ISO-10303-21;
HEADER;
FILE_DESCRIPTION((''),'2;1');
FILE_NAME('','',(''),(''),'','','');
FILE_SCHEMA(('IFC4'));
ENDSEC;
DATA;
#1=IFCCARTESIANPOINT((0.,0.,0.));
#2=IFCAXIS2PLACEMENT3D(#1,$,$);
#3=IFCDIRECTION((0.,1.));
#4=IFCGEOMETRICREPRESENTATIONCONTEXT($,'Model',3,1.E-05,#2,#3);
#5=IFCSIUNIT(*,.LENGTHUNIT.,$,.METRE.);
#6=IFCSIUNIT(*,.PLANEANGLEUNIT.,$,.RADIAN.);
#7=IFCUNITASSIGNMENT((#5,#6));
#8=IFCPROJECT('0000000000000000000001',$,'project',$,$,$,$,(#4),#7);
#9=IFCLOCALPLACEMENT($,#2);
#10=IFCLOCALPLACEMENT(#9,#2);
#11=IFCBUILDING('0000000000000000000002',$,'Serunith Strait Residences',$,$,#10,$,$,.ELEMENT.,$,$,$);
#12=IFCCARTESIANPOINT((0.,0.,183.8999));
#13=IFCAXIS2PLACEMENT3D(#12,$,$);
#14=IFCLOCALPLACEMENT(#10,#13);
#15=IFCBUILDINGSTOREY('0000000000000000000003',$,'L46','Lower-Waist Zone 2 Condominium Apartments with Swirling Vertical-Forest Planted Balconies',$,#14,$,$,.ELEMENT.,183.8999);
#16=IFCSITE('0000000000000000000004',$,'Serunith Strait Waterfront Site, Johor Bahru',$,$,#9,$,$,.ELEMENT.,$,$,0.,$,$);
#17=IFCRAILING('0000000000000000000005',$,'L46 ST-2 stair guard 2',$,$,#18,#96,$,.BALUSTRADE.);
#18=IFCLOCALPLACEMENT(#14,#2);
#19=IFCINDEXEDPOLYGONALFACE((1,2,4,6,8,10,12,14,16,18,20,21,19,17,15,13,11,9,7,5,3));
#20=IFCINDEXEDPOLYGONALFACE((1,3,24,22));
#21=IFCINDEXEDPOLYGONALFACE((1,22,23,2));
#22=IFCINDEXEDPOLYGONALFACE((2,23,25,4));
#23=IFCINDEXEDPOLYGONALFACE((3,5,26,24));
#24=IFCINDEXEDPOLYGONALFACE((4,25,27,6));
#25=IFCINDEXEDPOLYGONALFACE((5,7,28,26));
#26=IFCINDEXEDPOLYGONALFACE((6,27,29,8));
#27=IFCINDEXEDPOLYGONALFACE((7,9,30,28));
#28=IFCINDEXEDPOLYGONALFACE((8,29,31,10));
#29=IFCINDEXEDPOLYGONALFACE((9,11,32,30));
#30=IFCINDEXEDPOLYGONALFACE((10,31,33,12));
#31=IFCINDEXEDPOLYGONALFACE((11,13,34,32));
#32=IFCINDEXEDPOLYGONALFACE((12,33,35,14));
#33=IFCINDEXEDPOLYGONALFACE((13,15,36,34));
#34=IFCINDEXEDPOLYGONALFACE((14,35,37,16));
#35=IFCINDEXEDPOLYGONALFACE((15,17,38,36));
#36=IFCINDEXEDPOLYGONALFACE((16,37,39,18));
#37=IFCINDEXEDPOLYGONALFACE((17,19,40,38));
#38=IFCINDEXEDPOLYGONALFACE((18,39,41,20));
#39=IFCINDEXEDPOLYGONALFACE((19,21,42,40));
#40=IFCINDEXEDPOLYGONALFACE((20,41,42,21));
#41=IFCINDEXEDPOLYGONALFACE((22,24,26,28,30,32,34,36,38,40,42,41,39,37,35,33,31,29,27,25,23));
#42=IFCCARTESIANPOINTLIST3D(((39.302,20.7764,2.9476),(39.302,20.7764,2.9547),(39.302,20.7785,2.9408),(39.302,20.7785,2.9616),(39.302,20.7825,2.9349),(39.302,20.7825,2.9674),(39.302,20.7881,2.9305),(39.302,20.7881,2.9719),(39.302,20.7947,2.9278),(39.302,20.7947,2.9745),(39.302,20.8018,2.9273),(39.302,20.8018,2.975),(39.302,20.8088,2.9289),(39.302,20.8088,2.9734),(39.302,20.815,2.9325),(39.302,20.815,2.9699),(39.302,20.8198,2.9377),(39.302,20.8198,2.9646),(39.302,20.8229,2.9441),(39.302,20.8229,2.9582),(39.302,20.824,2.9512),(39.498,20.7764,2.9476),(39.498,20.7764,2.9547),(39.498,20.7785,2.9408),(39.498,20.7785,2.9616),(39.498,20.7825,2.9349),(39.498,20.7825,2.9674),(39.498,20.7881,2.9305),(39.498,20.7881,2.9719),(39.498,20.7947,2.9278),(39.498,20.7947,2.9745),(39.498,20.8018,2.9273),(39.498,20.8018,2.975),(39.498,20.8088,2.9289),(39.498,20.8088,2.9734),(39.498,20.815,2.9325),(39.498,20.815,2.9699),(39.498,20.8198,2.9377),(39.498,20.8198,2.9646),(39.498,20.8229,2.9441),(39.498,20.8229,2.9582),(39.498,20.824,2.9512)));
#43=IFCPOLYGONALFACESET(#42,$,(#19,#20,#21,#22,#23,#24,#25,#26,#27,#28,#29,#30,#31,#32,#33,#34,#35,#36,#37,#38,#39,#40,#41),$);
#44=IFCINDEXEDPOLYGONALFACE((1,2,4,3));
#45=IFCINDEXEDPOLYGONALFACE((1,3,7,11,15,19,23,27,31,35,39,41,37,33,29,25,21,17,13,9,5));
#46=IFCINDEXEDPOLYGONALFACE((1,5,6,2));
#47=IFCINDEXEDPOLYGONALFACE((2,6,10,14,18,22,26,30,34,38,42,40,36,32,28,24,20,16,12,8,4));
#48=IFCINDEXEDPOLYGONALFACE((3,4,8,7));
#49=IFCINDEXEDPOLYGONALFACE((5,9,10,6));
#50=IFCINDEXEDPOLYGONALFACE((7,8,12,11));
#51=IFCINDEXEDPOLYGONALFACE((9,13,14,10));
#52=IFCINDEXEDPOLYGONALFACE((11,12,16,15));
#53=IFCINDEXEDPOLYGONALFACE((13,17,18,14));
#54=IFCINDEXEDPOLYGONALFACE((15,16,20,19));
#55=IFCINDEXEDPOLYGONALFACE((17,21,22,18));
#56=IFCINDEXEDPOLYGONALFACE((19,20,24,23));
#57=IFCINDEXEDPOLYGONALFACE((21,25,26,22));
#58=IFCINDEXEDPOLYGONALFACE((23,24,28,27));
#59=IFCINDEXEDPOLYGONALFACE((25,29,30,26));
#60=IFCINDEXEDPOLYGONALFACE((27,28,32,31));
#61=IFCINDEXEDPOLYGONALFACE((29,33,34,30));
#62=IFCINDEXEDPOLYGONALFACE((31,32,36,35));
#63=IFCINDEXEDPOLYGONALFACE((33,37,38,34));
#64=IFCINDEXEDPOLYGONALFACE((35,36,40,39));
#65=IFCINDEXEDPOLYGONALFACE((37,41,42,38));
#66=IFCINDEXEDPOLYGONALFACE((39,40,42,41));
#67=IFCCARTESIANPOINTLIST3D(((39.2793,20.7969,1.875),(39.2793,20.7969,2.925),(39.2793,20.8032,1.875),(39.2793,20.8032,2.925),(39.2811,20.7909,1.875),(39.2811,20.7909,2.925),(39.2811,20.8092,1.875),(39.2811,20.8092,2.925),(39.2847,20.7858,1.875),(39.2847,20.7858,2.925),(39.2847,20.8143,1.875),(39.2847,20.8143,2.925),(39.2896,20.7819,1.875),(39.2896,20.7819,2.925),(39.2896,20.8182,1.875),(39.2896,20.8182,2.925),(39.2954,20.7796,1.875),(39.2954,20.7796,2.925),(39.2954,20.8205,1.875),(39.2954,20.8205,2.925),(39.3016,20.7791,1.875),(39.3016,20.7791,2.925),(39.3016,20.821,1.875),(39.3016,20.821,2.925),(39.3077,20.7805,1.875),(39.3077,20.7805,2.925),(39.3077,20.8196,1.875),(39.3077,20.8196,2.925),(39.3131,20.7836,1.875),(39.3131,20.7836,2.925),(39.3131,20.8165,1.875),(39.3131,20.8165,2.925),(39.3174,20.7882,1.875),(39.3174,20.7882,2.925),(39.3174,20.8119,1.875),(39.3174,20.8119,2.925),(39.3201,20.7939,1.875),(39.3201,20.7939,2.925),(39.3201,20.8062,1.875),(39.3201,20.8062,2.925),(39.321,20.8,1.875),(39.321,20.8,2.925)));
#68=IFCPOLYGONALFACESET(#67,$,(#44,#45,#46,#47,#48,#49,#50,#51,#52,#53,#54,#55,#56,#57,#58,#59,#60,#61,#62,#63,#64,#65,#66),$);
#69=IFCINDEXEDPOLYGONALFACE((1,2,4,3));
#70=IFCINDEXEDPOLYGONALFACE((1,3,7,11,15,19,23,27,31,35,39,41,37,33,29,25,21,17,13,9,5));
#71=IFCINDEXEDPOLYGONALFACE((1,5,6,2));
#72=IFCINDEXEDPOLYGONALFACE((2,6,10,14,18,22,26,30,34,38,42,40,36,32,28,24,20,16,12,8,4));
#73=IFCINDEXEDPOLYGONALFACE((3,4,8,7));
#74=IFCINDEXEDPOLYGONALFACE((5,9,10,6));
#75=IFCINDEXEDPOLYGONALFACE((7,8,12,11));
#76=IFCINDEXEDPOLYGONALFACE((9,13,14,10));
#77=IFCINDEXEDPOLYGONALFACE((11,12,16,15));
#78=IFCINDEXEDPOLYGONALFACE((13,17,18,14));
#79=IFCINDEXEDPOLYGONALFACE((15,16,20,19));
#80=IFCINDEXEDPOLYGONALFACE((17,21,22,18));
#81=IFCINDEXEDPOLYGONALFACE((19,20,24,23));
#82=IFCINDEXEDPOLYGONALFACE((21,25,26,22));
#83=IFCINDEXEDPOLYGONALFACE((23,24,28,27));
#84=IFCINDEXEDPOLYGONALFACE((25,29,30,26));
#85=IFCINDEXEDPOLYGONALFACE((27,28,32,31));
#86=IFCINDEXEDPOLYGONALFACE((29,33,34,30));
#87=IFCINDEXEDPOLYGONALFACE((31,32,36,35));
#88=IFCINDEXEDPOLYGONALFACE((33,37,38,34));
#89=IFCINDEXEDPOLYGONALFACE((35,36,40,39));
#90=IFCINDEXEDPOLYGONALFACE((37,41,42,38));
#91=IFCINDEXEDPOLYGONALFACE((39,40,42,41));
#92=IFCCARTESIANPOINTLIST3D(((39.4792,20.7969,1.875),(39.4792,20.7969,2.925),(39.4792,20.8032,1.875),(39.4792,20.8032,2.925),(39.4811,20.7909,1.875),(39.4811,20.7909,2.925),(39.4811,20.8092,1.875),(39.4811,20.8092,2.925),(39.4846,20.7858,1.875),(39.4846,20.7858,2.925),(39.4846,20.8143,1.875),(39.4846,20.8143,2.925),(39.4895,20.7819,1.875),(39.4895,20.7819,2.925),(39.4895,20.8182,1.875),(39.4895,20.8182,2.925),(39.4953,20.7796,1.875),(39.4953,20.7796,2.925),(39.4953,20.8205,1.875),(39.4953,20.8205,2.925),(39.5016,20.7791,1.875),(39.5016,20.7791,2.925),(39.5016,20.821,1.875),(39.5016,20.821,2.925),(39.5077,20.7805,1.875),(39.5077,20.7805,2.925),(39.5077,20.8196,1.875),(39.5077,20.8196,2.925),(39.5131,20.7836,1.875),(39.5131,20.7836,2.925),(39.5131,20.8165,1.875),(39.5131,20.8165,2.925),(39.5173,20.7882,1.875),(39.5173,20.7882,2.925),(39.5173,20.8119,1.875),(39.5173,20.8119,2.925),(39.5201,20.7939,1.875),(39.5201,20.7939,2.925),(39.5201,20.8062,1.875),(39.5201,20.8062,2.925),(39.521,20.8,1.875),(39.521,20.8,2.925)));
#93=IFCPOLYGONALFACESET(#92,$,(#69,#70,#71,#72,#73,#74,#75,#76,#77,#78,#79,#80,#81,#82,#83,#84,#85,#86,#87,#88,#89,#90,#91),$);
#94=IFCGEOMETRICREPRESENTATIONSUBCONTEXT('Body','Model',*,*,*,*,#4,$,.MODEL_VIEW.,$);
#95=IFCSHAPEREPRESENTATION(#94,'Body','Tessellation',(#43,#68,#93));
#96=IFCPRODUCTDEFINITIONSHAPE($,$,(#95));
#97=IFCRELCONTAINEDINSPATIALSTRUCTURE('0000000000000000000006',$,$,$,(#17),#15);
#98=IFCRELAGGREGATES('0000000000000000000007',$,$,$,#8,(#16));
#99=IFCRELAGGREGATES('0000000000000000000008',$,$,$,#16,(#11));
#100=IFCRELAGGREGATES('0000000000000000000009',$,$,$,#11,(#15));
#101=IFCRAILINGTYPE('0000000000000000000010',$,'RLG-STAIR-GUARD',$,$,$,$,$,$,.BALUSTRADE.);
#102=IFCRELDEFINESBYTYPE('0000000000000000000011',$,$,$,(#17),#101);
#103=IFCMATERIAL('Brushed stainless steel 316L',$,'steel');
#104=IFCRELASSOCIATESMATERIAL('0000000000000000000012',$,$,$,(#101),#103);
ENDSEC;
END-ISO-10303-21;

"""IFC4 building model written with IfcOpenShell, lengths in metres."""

from ifc_helpers import new_model, si_unit, direction, frame, origin, origin_2d, place, context, subcontext, project, spatial, circle, extrude, material, type_object, element, save


model = new_model("IFC4")

# Units and contexts
model_context = context("Model", 3, precision=1e-05, world=origin(), true_north=direction((0.0, 1.0)))
body_context = subcontext(model_context, "Body", "Model", "MODEL_VIEW")
ifc_project = project(units=[si_unit("LENGTHUNIT", "METRE"), si_unit("PLANEANGLEUNIT", "RADIAN")], contexts=[model_context])

# Site, building, storey
site_placement = place(None, origin())
site = spatial("IfcSite", under=ifc_project, at=site_placement, Name="Serunith Strait Waterfront Site, Johor Bahru", CompositionType="ELEMENT", RefElevation=0.0)
building_placement = place(site_placement, origin())
building = spatial("IfcBuilding", under=site, at=building_placement, Name="Serunith Strait Residences", CompositionType="ELEMENT")
storey_placement = place(building_placement, frame((0.0, 0.0, 183.8999)))
storey = spatial("IfcBuildingStorey", under=building, at=storey_placement, Name="L46", Description="Lower-Waist Zone 2 Condominium Apartments with Swirling Vertical-Forest Planted Balconies", CompositionType="ELEMENT", Elevation=183.8999)

# Railing
ifc_material_1 = material(Name="Brushed stainless steel 316L", Category="steel")
railing_type_1 = type_object("IfcRailingType", Name="RLG-STAIR-GUARD", PredefinedType="BALUSTRADE", material=ifc_material_1)
railing_1_placement = place(storey_placement, frame((39.3, 20.8, 1.875)))
element("IfcRailing", 1, at=railing_1_placement, inside=storey, type_object=railing_type_1, Name="L46 ST-2 stair guard 2", PredefinedType="BALUSTRADE", context=body_context, shape_type="SweptSolid", body=[
    extrude(circle(Radius=0.0239, at=origin_2d()), frame((0.002, 0.0, 1.0762), z_axis=(1.0, 0.0, 0.0), x_axis=(0.0, 1.0, 0.0)), (0.0, 0.0, 1.0), 0.196),
    extrude(circle(Radius=0.021, at=origin_2d()), origin(), (0.0, 0.0, 1.0), 1.05),
    extrude(circle(Radius=0.021, at=origin_2d()), frame((0.2, 0.0, 0.0)), (0.0, 0.0, 1.0), 1.05),
])

save(model, "model.ifc")
